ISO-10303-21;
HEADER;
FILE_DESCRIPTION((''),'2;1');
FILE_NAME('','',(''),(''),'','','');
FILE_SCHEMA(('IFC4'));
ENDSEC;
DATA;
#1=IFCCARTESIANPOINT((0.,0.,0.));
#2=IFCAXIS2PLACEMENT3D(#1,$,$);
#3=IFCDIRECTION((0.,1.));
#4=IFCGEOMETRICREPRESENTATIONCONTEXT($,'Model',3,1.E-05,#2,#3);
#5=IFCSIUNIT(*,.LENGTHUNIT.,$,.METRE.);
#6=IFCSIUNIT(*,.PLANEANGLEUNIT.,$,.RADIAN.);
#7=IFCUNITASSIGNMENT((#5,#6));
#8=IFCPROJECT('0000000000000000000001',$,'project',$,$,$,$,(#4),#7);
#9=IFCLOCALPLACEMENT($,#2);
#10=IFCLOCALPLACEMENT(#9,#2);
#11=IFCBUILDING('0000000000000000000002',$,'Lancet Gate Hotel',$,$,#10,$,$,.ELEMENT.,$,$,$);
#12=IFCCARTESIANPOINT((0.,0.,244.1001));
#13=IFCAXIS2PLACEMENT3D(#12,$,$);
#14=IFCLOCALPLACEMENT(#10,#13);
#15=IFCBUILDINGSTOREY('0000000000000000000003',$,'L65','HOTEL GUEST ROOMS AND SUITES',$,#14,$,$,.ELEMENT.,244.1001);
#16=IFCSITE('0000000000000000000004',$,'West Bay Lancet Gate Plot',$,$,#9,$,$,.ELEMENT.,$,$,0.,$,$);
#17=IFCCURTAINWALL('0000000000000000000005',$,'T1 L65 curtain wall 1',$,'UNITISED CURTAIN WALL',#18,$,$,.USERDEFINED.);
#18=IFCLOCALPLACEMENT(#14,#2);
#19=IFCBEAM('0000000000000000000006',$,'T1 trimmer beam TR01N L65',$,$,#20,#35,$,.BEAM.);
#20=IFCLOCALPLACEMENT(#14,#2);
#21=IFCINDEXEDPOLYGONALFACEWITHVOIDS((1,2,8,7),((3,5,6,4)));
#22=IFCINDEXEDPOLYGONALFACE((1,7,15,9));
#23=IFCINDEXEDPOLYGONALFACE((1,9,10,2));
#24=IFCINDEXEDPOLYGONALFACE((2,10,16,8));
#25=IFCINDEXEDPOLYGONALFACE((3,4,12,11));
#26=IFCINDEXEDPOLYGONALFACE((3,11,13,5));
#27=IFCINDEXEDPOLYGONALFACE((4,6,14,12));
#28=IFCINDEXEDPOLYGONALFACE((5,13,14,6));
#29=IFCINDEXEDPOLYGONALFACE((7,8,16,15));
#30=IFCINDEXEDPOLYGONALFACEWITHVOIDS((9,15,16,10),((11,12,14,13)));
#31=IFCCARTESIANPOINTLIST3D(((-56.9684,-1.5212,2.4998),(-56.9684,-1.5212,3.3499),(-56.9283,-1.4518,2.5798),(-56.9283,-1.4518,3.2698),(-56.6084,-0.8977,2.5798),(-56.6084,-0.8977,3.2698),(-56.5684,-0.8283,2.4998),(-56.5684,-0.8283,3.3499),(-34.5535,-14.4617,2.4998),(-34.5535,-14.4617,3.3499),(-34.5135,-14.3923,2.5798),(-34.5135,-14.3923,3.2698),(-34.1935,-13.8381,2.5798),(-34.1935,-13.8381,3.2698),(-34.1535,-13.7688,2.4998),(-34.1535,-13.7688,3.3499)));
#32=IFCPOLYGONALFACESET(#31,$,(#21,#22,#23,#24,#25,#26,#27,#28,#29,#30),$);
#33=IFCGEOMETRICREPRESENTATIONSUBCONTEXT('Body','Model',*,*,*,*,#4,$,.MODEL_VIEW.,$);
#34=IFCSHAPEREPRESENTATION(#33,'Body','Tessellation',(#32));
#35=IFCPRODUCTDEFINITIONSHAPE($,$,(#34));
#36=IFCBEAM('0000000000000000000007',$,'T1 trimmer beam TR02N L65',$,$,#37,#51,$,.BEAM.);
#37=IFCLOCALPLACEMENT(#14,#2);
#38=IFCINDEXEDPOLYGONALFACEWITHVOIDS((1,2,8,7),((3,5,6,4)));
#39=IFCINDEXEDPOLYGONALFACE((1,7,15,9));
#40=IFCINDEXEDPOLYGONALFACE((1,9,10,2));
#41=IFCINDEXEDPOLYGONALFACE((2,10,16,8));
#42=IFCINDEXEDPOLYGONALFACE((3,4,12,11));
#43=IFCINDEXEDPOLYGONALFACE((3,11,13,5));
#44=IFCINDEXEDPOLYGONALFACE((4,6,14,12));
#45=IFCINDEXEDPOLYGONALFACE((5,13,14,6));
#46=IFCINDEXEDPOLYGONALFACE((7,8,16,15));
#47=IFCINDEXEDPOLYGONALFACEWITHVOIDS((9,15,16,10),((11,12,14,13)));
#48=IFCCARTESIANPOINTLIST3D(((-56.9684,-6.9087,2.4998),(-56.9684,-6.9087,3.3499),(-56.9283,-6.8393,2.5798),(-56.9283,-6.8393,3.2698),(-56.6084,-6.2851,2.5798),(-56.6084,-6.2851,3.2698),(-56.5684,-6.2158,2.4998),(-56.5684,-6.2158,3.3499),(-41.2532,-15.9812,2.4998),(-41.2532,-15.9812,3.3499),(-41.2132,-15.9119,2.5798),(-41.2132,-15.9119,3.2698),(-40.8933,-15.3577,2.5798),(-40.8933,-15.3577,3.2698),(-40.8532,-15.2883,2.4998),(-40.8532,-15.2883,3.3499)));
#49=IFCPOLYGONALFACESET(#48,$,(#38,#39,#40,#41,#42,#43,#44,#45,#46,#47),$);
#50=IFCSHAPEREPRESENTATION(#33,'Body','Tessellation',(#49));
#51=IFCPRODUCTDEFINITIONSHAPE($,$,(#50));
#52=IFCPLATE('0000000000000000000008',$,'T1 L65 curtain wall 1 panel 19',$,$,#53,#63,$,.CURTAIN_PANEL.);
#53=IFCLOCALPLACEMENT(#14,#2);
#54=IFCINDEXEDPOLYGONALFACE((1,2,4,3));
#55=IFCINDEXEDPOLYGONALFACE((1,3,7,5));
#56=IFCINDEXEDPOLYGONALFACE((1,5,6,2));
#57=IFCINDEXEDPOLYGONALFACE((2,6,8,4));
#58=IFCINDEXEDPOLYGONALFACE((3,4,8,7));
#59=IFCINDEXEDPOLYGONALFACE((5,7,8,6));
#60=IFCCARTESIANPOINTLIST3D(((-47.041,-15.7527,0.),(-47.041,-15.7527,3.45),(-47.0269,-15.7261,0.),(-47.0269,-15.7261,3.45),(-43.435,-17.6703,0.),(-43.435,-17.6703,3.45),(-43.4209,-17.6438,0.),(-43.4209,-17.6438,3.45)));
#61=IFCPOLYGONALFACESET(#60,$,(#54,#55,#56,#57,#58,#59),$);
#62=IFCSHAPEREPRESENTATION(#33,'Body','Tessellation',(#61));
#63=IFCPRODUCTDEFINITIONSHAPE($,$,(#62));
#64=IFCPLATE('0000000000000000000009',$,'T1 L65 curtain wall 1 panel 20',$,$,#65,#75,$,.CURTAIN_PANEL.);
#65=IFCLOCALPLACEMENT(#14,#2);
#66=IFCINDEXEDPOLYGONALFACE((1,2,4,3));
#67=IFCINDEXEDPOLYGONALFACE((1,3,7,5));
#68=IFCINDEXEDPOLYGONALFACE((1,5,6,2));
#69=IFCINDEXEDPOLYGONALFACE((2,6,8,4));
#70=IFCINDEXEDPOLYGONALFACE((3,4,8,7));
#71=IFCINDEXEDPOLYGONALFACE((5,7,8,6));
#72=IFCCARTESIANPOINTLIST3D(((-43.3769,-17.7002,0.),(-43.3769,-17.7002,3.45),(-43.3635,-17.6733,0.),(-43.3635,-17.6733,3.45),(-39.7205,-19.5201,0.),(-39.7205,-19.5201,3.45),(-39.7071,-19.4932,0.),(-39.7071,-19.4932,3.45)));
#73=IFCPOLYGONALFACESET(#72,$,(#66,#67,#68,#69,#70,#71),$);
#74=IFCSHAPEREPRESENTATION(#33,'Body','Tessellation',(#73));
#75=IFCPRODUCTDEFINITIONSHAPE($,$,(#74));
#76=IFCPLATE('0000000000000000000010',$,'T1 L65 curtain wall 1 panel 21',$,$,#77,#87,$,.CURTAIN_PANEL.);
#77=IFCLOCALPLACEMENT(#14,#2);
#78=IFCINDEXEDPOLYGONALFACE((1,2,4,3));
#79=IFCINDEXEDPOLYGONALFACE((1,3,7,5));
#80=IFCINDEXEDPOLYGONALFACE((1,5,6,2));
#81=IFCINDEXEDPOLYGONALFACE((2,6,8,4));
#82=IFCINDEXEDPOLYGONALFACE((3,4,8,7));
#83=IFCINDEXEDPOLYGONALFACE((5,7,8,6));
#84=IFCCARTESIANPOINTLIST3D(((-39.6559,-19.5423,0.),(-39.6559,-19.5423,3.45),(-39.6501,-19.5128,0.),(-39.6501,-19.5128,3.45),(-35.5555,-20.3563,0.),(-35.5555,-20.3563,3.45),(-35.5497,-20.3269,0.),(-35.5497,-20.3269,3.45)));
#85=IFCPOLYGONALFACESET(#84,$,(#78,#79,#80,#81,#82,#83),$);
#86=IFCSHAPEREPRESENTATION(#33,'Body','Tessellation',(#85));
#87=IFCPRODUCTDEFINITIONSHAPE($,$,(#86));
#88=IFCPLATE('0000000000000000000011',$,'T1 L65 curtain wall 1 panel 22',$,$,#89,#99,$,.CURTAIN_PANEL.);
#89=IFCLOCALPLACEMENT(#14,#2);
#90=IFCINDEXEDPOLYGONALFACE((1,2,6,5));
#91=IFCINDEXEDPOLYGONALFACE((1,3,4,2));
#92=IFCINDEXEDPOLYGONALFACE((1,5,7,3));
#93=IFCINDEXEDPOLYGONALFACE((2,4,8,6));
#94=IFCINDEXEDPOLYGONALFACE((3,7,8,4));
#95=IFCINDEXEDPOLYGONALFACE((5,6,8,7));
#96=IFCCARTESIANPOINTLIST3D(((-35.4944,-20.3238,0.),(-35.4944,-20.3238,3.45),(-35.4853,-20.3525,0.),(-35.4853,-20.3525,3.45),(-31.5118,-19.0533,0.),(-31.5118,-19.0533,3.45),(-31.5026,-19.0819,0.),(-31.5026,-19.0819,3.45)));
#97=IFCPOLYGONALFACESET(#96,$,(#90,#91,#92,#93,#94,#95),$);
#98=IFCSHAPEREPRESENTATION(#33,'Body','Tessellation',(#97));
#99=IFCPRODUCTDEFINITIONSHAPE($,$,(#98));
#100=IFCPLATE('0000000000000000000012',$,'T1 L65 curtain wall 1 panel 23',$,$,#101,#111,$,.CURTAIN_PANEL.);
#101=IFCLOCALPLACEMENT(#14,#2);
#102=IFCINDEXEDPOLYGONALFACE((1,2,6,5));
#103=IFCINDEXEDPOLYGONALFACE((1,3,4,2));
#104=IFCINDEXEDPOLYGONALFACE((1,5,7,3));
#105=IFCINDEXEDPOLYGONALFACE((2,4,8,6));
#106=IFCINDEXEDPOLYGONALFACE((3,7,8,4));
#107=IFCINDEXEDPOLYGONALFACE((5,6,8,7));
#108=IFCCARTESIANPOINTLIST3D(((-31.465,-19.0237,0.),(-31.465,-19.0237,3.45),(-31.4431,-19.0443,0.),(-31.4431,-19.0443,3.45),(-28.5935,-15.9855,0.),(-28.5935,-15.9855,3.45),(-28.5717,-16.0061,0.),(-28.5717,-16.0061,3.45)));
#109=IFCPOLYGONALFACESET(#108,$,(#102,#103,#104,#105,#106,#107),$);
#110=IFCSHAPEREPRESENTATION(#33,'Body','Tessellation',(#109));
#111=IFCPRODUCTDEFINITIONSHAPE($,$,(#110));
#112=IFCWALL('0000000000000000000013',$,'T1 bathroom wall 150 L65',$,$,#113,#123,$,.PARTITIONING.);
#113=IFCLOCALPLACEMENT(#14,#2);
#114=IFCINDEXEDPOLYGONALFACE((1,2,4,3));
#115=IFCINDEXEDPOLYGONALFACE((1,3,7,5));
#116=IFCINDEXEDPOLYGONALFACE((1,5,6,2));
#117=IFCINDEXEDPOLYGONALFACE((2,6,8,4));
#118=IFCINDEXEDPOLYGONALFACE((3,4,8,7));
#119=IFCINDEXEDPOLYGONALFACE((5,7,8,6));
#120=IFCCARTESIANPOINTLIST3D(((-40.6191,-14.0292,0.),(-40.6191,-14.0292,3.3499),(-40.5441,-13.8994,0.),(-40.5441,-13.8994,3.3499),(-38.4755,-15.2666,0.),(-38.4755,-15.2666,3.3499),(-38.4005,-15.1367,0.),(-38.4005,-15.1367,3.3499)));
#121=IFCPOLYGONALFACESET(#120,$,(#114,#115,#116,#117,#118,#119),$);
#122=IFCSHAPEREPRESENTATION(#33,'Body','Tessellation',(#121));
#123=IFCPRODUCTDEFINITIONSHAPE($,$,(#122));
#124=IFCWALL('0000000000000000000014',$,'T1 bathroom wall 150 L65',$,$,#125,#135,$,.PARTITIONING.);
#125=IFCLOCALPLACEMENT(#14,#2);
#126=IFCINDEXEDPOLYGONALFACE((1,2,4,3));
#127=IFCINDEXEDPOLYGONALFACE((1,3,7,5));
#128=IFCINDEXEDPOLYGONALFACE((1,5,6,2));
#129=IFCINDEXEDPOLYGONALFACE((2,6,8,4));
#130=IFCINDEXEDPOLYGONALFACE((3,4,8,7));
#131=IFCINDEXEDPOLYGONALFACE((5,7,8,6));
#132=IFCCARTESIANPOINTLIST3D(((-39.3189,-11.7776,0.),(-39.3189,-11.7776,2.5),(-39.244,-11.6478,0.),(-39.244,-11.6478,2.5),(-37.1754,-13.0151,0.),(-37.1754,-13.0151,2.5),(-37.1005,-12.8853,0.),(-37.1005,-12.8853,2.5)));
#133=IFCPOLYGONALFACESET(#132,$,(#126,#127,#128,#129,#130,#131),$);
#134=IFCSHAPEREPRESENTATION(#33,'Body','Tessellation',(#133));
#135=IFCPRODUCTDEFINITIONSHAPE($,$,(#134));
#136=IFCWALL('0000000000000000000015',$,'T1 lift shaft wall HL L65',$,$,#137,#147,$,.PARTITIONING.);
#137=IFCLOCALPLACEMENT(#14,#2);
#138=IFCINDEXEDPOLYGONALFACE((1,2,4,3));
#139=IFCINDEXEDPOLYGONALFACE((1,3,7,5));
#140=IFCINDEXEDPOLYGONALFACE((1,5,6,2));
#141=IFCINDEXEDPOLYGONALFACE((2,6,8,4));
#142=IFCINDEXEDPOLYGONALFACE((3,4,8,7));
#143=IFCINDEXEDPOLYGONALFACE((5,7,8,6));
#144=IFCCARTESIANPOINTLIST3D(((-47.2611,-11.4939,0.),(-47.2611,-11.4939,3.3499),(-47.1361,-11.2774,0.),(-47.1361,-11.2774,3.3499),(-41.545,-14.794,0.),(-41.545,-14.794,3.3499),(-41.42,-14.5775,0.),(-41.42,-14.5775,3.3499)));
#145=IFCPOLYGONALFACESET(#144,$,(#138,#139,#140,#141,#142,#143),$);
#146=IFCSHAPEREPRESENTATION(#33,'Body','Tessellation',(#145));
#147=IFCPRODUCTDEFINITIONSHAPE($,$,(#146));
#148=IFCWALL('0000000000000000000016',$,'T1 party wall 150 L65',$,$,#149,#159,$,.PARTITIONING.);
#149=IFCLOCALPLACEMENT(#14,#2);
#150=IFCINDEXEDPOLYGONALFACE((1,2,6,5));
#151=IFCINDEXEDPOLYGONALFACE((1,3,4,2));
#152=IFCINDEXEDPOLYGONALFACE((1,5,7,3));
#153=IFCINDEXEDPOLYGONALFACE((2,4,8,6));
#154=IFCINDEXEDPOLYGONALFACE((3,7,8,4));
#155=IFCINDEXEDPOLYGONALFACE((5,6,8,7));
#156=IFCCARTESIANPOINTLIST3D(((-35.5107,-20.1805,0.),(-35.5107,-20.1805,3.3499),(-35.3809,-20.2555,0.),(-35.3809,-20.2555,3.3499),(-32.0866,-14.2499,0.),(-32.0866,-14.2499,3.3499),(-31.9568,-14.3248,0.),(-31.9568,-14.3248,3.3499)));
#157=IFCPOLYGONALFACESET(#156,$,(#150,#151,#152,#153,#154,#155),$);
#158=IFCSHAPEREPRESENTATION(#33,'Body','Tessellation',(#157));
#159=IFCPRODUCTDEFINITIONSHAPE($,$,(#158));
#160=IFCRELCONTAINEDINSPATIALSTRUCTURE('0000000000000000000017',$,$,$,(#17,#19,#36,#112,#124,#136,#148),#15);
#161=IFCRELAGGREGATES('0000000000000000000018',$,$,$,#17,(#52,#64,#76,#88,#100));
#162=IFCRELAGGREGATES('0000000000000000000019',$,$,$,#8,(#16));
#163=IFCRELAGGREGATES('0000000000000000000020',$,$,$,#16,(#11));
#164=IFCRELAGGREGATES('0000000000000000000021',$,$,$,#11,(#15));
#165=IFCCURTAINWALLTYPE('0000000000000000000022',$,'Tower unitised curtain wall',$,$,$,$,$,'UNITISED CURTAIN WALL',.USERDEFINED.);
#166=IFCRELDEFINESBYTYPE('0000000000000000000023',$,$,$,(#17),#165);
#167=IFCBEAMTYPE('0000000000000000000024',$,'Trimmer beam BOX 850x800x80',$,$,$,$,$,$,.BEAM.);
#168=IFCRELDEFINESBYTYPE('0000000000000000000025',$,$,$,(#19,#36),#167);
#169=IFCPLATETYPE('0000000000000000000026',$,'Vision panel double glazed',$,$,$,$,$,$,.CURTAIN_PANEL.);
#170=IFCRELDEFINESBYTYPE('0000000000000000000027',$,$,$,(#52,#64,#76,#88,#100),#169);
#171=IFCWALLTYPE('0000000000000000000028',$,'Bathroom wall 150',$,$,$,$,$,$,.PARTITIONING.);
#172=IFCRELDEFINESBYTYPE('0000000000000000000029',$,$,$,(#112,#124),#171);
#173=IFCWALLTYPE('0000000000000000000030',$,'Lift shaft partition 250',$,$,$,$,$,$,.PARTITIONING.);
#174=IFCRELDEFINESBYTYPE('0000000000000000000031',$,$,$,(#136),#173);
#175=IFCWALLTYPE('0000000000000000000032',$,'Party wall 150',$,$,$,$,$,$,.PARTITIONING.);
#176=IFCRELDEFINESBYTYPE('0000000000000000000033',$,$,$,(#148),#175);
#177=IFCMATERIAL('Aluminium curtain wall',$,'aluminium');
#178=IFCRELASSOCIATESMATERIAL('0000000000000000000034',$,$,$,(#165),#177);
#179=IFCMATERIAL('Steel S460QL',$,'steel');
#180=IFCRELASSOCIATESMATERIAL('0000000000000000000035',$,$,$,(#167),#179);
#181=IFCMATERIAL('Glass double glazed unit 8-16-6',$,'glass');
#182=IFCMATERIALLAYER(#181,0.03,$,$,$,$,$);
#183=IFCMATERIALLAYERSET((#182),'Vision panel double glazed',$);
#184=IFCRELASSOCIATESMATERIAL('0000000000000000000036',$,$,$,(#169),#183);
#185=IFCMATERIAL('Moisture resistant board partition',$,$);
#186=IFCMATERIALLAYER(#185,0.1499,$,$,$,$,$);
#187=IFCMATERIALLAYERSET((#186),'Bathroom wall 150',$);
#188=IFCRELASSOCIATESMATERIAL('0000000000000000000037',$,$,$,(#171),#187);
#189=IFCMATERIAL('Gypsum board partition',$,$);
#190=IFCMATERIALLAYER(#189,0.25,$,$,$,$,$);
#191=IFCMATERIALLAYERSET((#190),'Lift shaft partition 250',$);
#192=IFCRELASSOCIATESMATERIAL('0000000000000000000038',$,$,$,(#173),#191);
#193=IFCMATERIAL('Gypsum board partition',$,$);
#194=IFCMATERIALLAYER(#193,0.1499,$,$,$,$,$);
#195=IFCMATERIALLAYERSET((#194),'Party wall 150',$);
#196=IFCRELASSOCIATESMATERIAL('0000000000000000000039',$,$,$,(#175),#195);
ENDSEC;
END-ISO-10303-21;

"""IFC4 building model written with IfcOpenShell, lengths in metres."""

from ifc_helpers import new_model, si_unit, direction, frame, frame_2d, origin, origin_2d, place, context, subcontext, project, spatial, rectangle, hollow_rectangle, extrude, material, layer, layer_set, material_profile, profile_set, type_object, element, aggregate, save


model = new_model("IFC4")

# Units and contexts
model_context = context("Model", 3, precision=1e-05, world=origin(), true_north=direction((0.0, 1.0)))
body_context = subcontext(model_context, "Body", "Model", "MODEL_VIEW")
ifc_project = project(units=[si_unit("LENGTHUNIT", "METRE"), si_unit("PLANEANGLEUNIT", "RADIAN")], contexts=[model_context])

# Site, building, storey
site_placement = place(None, origin())
site = spatial("IfcSite", under=ifc_project, at=site_placement, Name="West Bay Lancet Gate Plot", CompositionType="ELEMENT", RefElevation=0.0)
building_placement = place(site_placement, origin())
building = spatial("IfcBuilding", under=site, at=building_placement, Name="Lancet Gate Hotel", CompositionType="ELEMENT")
storey_placement = place(building_placement, frame((0.0, 0.0, 244.1001)))
storey = spatial("IfcBuildingStorey", under=building, at=storey_placement, Name="L65", Description="HOTEL GUEST ROOMS AND SUITES", CompositionType="ELEMENT", Elevation=244.1001)

# Curtain wall
ifc_material_1 = material(Name="Aluminium curtain wall", Category="aluminium")
curtain_wall_type = type_object("IfcCurtainWallType", Name="Tower unitised curtain wall", ElementType="UNITISED CURTAIN WALL", PredefinedType="USERDEFINED", material=ifc_material_1)
curtain_wall_placement = place(storey_placement, origin())
curtain_wall = element("IfcCurtainWall", 1, at=curtain_wall_placement, inside=storey, type_object=curtain_wall_type, Name="T1 L65 curtain wall 1", ObjectType="UNITISED CURTAIN WALL", PredefinedType="USERDEFINED")

# Beams
ifc_material_2 = material(Name="Steel S460QL", Category="steel")
ifc_material_profile_1 = material_profile(ifc_material_2, hollow_rectangle(XDim=0.8, YDim=0.8501, WallThickness=0.0801, at=origin_2d()), Name="BOX 850x800x80")
ifc_profile_set_1 = profile_set([ifc_material_profile_1], Name="Steel S460QL")
beam_type = type_object("IfcBeamType", Name="Trimmer beam BOX 850x800x80", PredefinedType="BEAM", material=ifc_profile_set_1)
beam_1_placement = place(storey_placement, frame((-34.3535, -14.1152, 2.9248), z_axis=(-0.866038, 0.499978, 0.0), x_axis=(-0.499978, -0.866038, 0.0)))
element("IfcBeam", 2, at=beam_1_placement, inside=storey, type_object=beam_type, Name="T1 trimmer beam TR01N L65", PredefinedType="BEAM", context=body_context, shape_type="SweptSolid", body=[
    extrude(hollow_rectangle(XDim=0.8, YDim=0.8501, WallThickness=0.0801, at=origin_2d()), origin(), (0.0, 0.0, 1.0), 25.8821),
])
beam_2_placement = place(storey_placement, frame((-41.0532, -15.6348, 2.9248), z_axis=(-0.86604, 0.499975, 0.0), x_axis=(-0.499975, -0.86604, 0.0)))
element("IfcBeam", 3, at=beam_2_placement, inside=storey, type_object=beam_type, Name="T1 trimmer beam TR02N L65", PredefinedType="BEAM", context=body_context, shape_type="SweptSolid", body=[
    extrude(hollow_rectangle(XDim=0.8, YDim=0.8501, WallThickness=0.0801, at=origin_2d()), origin(), (0.0, 0.0, 1.0), 18.146),
])

# Plates
ifc_material_3 = material(Name="Glass double glazed unit 8-16-6", Category="glass")
ifc_layer_1 = layer(ifc_material_3, 0.03)
ifc_layer_set_1 = layer_set([ifc_layer_1], Name="Vision panel double glazed")
plate_type = type_object("IfcPlateType", Name="Vision panel double glazed", PredefinedType="CURTAIN_PANEL", material=ifc_layer_set_1)
plate_1_placement = place(storey_placement, frame((-45.231, -16.6982, 0.0), z_axis=(0.0, 0.0, 1.0), x_axis=(0.882916, -0.469531, 0.0)))
plate_1 = element("IfcPlate", 4, at=plate_1_placement, type_object=plate_type, Name="T1 L65 curtain wall 1 panel 19", PredefinedType="CURTAIN_PANEL", context=body_context, shape_type="SweptSolid", body=[
    extrude(rectangle(XDim=4.0842, YDim=0.03, at=origin_2d()), origin(), (0.0, 0.0, 1.0), 3.45),
])
plate_2_placement = place(storey_placement, frame((-41.542, -18.5967, 0.0), z_axis=(0.0, 0.0, 1.0), x_axis=(0.895234, -0.445596, 0.0)))
plate_2 = element("IfcPlate", 5, at=plate_2_placement, type_object=plate_type, Name="T1 L65 curtain wall 1 panel 20", PredefinedType="CURTAIN_PANEL", context=body_context, shape_type="SweptSolid", body=[
    extrude(rectangle(XDim=4.0842, YDim=0.03, at=origin_2d()), origin(), (0.0, 0.0, 1.0), 3.45),
])
plate_3_placement = place(storey_placement, frame((-37.6028, -19.9346, 0.0), z_axis=(0.0, 0.0, 1.0), x_axis=(0.980857, -0.194731, 0.0)))
plate_3 = element("IfcPlate", 6, at=plate_3_placement, type_object=plate_type, Name="T1 L65 curtain wall 1 panel 21", PredefinedType="CURTAIN_PANEL", context=body_context, shape_type="SweptSolid", body=[
    extrude(rectangle(XDim=4.1804, YDim=0.03, at=origin_2d()), origin(), (0.0, 0.0, 1.0), 3.45),
])
plate_4_placement = place(storey_placement, frame((-33.4985, -19.7029, 0.0), z_axis=(0.0, 0.0, 1.0), x_axis=(0.952696, 0.303926, 0.0)))
plate_4 = element("IfcPlate", 7, at=plate_4_placement, type_object=plate_type, Name="T1 L65 curtain wall 1 panel 22", PredefinedType="CURTAIN_PANEL", context=body_context, shape_type="SweptSolid", body=[
    extrude(rectangle(XDim=4.1804, YDim=0.03, at=origin_2d()), origin(), (0.0, 0.0, 1.0), 3.45),
])
plate_5_placement = place(storey_placement, frame((-30.0183, -17.5149, 0.0), z_axis=(0.0, 0.0, 1.0), x_axis=(0.686883, 0.726768, 0.0)))
plate_5 = element("IfcPlate", 8, at=plate_5_placement, type_object=plate_type, Name="T1 L65 curtain wall 1 panel 23", PredefinedType="CURTAIN_PANEL", context=body_context, shape_type="SweptSolid", body=[
    extrude(rectangle(XDim=4.1804, YDim=0.03, at=origin_2d()), origin(), (0.0, 0.0, 1.0), 3.45),
])
aggregate(curtain_wall, [plate_1, plate_2, plate_3, plate_4, plate_5])

# Walls
ifc_material_4 = material(Name="Moisture resistant board partition")
ifc_layer_2 = layer(ifc_material_4, 0.1499)
ifc_layer_set_2 = layer_set([ifc_layer_2], Name="Bathroom wall 150")
wall_type_1 = type_object("IfcWallType", Name="Bathroom wall 150", PredefinedType="PARTITIONING", material=ifc_layer_set_2)
wall_1_placement = place(storey_placement, frame((-38.438, -15.2017, 0.0), z_axis=(0.0, 0.0, 1.0), x_axis=(-0.866074, 0.499916, 0.0)))
element("IfcWall", 9, at=wall_1_placement, inside=storey, type_object=wall_type_1, Name="T1 bathroom wall 150 L65", PredefinedType="PARTITIONING", context=body_context, shape_type="SweptSolid", body=[
    extrude(rectangle(XDim=2.4751, YDim=0.1499, at=frame_2d((1.2375, 0.0))), origin(), (0.0, 0.0, 1.0), 3.3499),
])
wall_2_placement = place(storey_placement, frame((-37.1379, -12.9502, 0.0), z_axis=(0.0, 0.0, 1.0), x_axis=(-0.866031, 0.49999, 0.0)))
element("IfcWall", 10, at=wall_2_placement, inside=storey, type_object=wall_type_1, Name="T1 bathroom wall 150 L65", PredefinedType="PARTITIONING", context=body_context, shape_type="SweptSolid", body=[
    extrude(rectangle(XDim=2.4751, YDim=0.1499, at=frame_2d((1.2375, 0.0))), origin(), (0.0, 0.0, 1.0), 2.5),
])
ifc_material_5 = material(Name="Gypsum board partition")
ifc_layer_3 = layer(ifc_material_5, 0.25)
ifc_layer_set_3 = layer_set([ifc_layer_3], Name="Lift shaft partition 250")
wall_type_2 = type_object("IfcWallType", Name="Lift shaft partition 250", PredefinedType="PARTITIONING", material=ifc_layer_set_3)
wall_3_placement = place(storey_placement, frame((-41.4824, -14.6858, 0.0), z_axis=(0.0, 0.0, 1.0), x_axis=(-0.866033, 0.499986, 0.0)))
element("IfcWall", 11, at=wall_3_placement, inside=storey, type_object=wall_type_2, Name="T1 lift shaft wall HL L65", PredefinedType="PARTITIONING", context=body_context, shape_type="SweptSolid", body=[
    extrude(rectangle(XDim=6.6003, YDim=0.25, at=frame_2d((3.3003, 0.0))), origin(), (0.0, 0.0, 1.0), 3.3499),
])
ifc_material_6 = material(Name="Gypsum board partition")
ifc_layer_4 = layer(ifc_material_6, 0.1499)
ifc_layer_set_4 = layer_set([ifc_layer_4], Name="Party wall 150")
wall_type_3 = type_object("IfcWallType", Name="Party wall 150", PredefinedType="PARTITIONING", material=ifc_layer_set_4)
wall_4_placement = place(storey_placement, frame((-32.0217, -14.2874, 0.0), z_axis=(0.0, 0.0, 1.0), x_axis=(-0.5, -0.866025, 0.0)))
element("IfcWall", 12, at=wall_4_placement, inside=storey, type_object=wall_type_3, Name="T1 party wall 150 L65", PredefinedType="PARTITIONING", context=body_context, shape_type="SweptSolid", body=[
    extrude(rectangle(XDim=6.8481, YDim=0.1499, at=frame_2d((3.4241, 0.0))), origin(), (0.0, 0.0, 1.0), 3.3499),
])

save(model, "model.ifc")
